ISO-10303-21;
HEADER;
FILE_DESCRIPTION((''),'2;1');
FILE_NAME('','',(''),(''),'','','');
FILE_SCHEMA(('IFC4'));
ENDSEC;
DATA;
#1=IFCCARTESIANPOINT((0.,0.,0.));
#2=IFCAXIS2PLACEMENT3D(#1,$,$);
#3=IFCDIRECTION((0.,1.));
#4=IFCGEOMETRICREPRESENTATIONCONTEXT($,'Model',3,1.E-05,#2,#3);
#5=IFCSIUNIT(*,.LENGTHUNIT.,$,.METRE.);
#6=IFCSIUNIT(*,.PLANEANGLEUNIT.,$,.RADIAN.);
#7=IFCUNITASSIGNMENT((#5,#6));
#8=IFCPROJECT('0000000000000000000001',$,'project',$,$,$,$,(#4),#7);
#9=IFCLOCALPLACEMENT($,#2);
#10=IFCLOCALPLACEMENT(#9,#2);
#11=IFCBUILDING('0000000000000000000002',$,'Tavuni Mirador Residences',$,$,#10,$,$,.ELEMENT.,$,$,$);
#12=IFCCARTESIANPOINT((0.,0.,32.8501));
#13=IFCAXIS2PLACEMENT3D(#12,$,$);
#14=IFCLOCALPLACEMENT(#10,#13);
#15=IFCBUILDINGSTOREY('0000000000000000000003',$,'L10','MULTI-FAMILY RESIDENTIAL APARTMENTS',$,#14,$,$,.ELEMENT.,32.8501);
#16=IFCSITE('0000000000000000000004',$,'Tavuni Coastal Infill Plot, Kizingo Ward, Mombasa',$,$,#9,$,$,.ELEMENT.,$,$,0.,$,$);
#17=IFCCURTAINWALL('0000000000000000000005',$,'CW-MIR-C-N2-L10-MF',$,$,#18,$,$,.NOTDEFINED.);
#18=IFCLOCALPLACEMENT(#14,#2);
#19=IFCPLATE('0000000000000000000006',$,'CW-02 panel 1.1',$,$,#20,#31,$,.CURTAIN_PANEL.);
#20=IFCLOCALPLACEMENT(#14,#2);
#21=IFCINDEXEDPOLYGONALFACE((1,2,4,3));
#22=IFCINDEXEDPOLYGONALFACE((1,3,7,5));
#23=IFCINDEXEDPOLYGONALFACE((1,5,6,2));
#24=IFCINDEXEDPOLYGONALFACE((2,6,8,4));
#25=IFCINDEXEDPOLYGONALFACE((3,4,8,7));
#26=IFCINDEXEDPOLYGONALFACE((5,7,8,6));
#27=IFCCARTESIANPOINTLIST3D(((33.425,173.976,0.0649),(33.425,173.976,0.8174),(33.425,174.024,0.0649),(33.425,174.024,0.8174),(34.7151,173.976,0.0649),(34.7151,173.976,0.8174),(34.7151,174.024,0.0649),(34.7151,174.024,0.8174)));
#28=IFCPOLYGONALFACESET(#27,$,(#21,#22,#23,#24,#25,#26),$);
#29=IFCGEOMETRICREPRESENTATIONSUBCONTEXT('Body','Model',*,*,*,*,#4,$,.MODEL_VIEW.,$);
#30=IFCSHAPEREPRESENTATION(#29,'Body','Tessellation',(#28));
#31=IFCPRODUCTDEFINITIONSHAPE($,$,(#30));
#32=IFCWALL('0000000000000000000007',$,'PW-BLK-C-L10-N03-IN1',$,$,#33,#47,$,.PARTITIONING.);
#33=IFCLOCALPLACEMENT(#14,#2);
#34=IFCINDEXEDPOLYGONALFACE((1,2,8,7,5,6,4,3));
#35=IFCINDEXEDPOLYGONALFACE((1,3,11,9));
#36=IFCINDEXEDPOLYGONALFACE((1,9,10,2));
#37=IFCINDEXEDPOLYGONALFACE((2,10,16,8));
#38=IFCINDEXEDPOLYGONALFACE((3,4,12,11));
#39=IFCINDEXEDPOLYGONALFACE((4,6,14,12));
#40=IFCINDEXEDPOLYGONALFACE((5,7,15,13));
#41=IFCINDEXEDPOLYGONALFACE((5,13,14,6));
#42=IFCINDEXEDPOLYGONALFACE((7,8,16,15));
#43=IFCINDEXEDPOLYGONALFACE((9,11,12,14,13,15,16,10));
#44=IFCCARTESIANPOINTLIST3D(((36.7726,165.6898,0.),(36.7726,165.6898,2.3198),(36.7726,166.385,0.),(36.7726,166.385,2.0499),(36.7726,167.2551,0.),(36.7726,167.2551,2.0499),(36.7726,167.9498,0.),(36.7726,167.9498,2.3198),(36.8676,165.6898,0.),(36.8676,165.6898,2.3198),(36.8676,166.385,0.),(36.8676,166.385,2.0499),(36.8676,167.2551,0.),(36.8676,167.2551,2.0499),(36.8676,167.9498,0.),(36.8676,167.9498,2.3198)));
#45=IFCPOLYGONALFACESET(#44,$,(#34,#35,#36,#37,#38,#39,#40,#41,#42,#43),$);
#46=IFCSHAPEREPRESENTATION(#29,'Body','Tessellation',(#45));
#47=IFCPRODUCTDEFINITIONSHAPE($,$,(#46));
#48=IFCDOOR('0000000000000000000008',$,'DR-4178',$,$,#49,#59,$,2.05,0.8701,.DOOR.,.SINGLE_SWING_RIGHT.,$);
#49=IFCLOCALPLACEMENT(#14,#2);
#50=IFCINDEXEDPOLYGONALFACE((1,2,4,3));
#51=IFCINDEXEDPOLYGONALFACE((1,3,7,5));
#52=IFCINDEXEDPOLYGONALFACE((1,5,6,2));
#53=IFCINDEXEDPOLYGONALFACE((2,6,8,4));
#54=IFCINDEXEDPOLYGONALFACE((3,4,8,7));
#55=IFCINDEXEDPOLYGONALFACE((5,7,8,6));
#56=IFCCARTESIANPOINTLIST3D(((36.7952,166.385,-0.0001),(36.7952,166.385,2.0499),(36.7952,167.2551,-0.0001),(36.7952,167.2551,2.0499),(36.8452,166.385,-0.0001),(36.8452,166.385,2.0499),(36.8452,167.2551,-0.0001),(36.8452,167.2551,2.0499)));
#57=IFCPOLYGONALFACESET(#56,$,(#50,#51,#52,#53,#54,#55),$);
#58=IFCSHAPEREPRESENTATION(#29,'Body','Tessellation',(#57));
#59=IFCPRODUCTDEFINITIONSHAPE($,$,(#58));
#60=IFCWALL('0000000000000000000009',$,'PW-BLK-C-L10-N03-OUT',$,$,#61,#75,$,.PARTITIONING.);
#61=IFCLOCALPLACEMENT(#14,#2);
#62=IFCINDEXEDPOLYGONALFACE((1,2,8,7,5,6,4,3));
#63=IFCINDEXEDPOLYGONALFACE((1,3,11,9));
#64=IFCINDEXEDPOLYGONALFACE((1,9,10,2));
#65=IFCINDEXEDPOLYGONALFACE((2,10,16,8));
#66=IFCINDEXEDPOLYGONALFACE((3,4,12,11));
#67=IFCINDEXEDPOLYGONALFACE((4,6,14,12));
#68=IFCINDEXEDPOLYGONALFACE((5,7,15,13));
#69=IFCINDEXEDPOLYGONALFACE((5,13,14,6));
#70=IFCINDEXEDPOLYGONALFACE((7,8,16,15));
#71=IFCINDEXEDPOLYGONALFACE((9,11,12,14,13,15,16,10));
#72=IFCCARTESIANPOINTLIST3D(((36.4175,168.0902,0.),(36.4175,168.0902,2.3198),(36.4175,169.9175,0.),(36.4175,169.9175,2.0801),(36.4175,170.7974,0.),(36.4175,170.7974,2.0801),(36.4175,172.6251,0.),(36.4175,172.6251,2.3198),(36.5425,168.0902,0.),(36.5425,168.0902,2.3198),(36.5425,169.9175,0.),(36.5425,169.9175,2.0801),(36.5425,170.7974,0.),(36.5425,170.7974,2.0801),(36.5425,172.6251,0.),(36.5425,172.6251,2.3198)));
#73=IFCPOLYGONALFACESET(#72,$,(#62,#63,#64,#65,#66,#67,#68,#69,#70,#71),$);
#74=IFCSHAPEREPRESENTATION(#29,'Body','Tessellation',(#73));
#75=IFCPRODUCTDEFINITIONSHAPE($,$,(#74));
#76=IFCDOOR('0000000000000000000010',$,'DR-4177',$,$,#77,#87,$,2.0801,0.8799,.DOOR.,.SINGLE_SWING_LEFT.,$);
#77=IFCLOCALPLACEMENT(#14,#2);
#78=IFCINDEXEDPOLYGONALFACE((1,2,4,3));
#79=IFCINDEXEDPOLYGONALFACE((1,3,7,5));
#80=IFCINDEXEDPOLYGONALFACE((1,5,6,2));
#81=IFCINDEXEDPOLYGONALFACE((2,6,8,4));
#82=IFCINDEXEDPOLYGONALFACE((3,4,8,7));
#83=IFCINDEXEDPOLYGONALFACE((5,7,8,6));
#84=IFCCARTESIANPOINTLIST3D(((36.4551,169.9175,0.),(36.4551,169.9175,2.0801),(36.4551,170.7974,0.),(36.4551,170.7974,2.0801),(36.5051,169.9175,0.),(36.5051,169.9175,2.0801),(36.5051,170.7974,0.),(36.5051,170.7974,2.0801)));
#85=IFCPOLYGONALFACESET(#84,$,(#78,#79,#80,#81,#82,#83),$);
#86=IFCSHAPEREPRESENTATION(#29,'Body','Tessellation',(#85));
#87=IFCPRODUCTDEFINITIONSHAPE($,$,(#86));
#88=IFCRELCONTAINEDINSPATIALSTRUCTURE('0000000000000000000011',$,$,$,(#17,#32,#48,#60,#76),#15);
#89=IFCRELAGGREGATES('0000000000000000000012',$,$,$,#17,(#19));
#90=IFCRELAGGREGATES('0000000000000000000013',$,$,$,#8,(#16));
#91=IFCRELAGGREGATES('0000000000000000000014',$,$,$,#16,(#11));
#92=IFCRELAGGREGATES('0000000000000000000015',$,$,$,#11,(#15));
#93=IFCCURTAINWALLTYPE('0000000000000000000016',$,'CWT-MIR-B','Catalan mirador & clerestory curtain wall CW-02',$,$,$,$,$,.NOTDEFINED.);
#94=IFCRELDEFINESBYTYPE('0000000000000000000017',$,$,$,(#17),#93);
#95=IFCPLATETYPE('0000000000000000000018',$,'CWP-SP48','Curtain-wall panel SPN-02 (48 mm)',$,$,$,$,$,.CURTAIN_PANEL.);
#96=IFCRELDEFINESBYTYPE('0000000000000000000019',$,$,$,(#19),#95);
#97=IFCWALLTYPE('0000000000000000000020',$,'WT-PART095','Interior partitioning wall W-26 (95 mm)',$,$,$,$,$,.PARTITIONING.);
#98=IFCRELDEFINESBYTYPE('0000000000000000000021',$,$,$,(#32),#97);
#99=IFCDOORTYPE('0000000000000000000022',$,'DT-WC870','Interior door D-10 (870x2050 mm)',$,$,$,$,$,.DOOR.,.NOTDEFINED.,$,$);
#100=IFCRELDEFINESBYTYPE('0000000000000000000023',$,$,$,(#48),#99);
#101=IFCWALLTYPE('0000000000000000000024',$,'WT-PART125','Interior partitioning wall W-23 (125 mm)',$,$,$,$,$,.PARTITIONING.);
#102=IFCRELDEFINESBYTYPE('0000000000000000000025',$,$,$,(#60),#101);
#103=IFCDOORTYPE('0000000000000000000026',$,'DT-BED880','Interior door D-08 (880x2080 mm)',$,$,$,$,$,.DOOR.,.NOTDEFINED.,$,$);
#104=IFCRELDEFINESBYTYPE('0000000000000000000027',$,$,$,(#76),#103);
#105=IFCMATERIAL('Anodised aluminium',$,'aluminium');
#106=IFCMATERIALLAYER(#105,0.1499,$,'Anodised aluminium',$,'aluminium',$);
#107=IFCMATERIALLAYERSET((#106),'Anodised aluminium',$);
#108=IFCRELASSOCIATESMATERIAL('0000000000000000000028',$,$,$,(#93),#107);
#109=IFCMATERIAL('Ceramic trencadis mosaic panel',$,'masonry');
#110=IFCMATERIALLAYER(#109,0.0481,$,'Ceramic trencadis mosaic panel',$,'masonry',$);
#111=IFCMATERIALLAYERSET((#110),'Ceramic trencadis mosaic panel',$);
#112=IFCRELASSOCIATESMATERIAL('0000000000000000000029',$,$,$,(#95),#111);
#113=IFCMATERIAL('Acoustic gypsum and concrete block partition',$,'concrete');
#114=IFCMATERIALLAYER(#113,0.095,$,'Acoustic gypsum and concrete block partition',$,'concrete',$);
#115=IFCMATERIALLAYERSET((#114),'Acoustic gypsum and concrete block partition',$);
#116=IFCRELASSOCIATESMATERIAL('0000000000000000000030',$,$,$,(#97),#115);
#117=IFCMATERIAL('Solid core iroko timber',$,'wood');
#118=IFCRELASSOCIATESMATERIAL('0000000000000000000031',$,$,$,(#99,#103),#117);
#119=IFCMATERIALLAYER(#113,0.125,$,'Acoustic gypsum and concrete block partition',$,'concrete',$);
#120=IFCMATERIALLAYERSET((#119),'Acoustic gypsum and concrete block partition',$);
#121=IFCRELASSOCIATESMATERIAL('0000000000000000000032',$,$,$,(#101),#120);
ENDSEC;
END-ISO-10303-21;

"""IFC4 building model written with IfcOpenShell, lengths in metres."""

from ifc_helpers import new_model, si_unit, direction, frame, frame_2d, origin, origin_2d, place, context, subcontext, project, spatial, rectangle, extrude, material, layer, layer_set, type_object, element, fill, aggregate, save


model = new_model("IFC4")

# Units and contexts
model_context = context("Model", 3, precision=1e-05, world=origin(), true_north=direction((0.0, 1.0)))
body_context = subcontext(model_context, "Body", "Model", "MODEL_VIEW")
ifc_project = project(units=[si_unit("LENGTHUNIT", "METRE"), si_unit("PLANEANGLEUNIT", "RADIAN")], contexts=[model_context])

# Site, building, storey
site_placement = place(None, origin())
site = spatial("IfcSite", under=ifc_project, at=site_placement, Name="Tavuni Coastal Infill Plot, Kizingo Ward, Mombasa", CompositionType="ELEMENT", RefElevation=0.0)
building_placement = place(site_placement, origin())
building = spatial("IfcBuilding", under=site, at=building_placement, Name="Tavuni Mirador Residences", CompositionType="ELEMENT")
storey_placement = place(building_placement, frame((0.0, 0.0, 32.8501)))
storey = spatial("IfcBuildingStorey", under=building, at=storey_placement, Name="L10", Description="MULTI-FAMILY RESIDENTIAL APARTMENTS", CompositionType="ELEMENT", Elevation=32.8501)

# Shared definitions
ifc_material_1 = material(Name="Anodised aluminium", Category="aluminium")

# Curtain wall
ifc_layer_1 = layer(ifc_material_1, 0.1499, Name="Anodised aluminium", Category="aluminium")
ifc_layer_set_1 = layer_set([ifc_layer_1], Name="Anodised aluminium")
curtain_wall_type_1 = type_object("IfcCurtainWallType", Name="CWT-MIR-B", Description="Catalan mirador & clerestory curtain wall CW-02", PredefinedType="NOTDEFINED", material=ifc_layer_set_1)
curtain_wall_1_placement = place(storey_placement, origin())
curtain_wall_1 = element("IfcCurtainWall", 1, at=curtain_wall_1_placement, inside=storey, type_object=curtain_wall_type_1, Name="CW-MIR-C-N2-L10-MF", PredefinedType="NOTDEFINED")

# Plate
ifc_material_2 = material(Name="Ceramic trencadis mosaic panel", Category="masonry")
ifc_layer_2 = layer(ifc_material_2, 0.0481, Name="Ceramic trencadis mosaic panel", Category="masonry")
ifc_layer_set_2 = layer_set([ifc_layer_2], Name="Ceramic trencadis mosaic panel")
plate_type_1 = type_object("IfcPlateType", Name="CWP-SP48", Description="Curtain-wall panel SPN-02 (48 mm)", PredefinedType="CURTAIN_PANEL", material=ifc_layer_set_2)
plate_1_placement = place(storey_placement, frame((34.0701, 174.0, 0.0649), z_axis=(0.0, 0.0, 1.0), x_axis=(-1.0, 0.0, 0.0)))
plate_1 = element("IfcPlate", 2, at=plate_1_placement, type_object=plate_type_1, Name="CW-02 panel 1.1", PredefinedType="CURTAIN_PANEL", context=body_context, shape_type="SweptSolid", body=[
    extrude(rectangle(XDim=1.29, YDim=0.0481, at=origin_2d()), origin(), (0.0, 0.0, 1.0), 0.7524),
])
aggregate(curtain_wall_1, [plate_1])

# Walls, openings, doors
ifc_material_3 = material(Name="Solid core iroko timber", Category="wood")
ifc_material_4 = material(Name="Acoustic gypsum and concrete block partition", Category="concrete")
ifc_layer_3 = layer(ifc_material_4, 0.095, Name="Acoustic gypsum and concrete block partition", Category="concrete")
ifc_layer_set_3 = layer_set([ifc_layer_3], Name="Acoustic gypsum and concrete block partition")
wall_type_1 = type_object("IfcWallType", Name="WT-PART095", Description="Interior partitioning wall W-26 (95 mm)", PredefinedType="PARTITIONING", material=ifc_layer_set_3)
wall_1_placement = place(storey_placement, frame((36.8201, 165.6899, 0.0), z_axis=(0.0, 0.0, 1.0), x_axis=(0.0, 1.0, 0.0)))
wall_1 = element("IfcWall", 3, at=wall_1_placement, inside=storey, type_object=wall_type_1, Name="PW-BLK-C-L10-N03-IN1", PredefinedType="PARTITIONING", context=body_context, shape_type="SweptSolid", body=[
    extrude(rectangle(XDim=2.26, YDim=0.095, at=frame_2d((1.1299, 0.0))), origin(), (0.0, 0.0, 1.0), 2.3198),
])
opening_1_placement = place(wall_1_placement, frame((0.6951, 0.0, 0.0)))
opening_1 = element("IfcOpeningElement", 4, at=opening_1_placement, cuts=wall_1, PredefinedType="OPENING", context=body_context, shape_type="SweptSolid", body=[
    extrude(rectangle(XDim=0.8701, YDim=2.05, at=frame_2d((0.4351, 1.0249))), frame((0.0, 0.0576, 0.0), z_axis=(0.0, -1.0, 0.0), x_axis=(1.0, 0.0, 0.0)), (0.0, 0.0, 1.0), 0.115),
])
door_type_1 = type_object("IfcDoorType", Name="DT-WC870", Description="Interior door D-10 (870x2050 mm)", OperationType="NOTDEFINED", PredefinedType="DOOR", material=ifc_material_3)
door_1_placement = place(opening_1_placement, origin())
door_1 = element("IfcDoor", 5, at=door_1_placement, inside=storey, type_object=door_type_1, Name="DR-4178", OperationType="SINGLE_SWING_RIGHT", OverallHeight=2.05, OverallWidth=0.8701, PredefinedType="DOOR", context=body_context, shape_type="SweptSolid", body=[
    extrude(rectangle(XDim=0.8701, YDim=2.05, at=frame_2d((0.4351, 1.0249))), frame((0.0, 0.0249, 0.0), z_axis=(0.0, -1.0, 0.0), x_axis=(1.0, 0.0, 0.0)), (0.0, 0.0, 1.0), 0.05),
])
fill(opening_1, door_1)
ifc_layer_4 = layer(ifc_material_4, 0.125, Name="Acoustic gypsum and concrete block partition", Category="concrete")
ifc_layer_set_4 = layer_set([ifc_layer_4], Name="Acoustic gypsum and concrete block partition")
wall_type_2 = type_object("IfcWallType", Name="WT-PART125", Description="Interior partitioning wall W-23 (125 mm)", PredefinedType="PARTITIONING", material=ifc_layer_set_4)
wall_2_placement = place(storey_placement, frame((36.48, 168.0901, 0.0), z_axis=(0.0, 0.0, 1.0), x_axis=(0.0, 1.0, 0.0)))
wall_2 = element("IfcWall", 6, at=wall_2_placement, inside=storey, type_object=wall_type_2, Name="PW-BLK-C-L10-N03-OUT", PredefinedType="PARTITIONING", context=body_context, shape_type="SweptSolid", body=[
    extrude(rectangle(XDim=4.5349, YDim=0.125, at=frame_2d((2.2676, 0.0))), origin(), (0.0, 0.0, 1.0), 2.3198),
])
opening_2_placement = place(wall_2_placement, frame((1.8274, 0.0, 0.0)))
opening_2 = element("IfcOpeningElement", 7, at=opening_2_placement, cuts=wall_2, PredefinedType="OPENING", context=body_context, shape_type="SweptSolid", body=[
    extrude(rectangle(XDim=0.8799, YDim=2.0801, at=frame_2d((0.4399, 1.04))), frame((0.0, 0.0725, 0.0), z_axis=(0.0, -1.0, 0.0), x_axis=(1.0, 0.0, 0.0)), (0.0, 0.0, 1.0), 0.145),
])
door_type_2 = type_object("IfcDoorType", Name="DT-BED880", Description="Interior door D-08 (880x2080 mm)", OperationType="NOTDEFINED", PredefinedType="DOOR", material=ifc_material_3)
door_2_placement = place(opening_2_placement, origin())
door_2 = element("IfcDoor", 8, at=door_2_placement, inside=storey, type_object=door_type_2, Name="DR-4177", OperationType="SINGLE_SWING_LEFT", OverallHeight=2.0801, OverallWidth=0.8799, PredefinedType="DOOR", context=body_context, shape_type="SweptSolid", body=[
    extrude(rectangle(XDim=0.8799, YDim=2.0801, at=frame_2d((0.4399, 1.04))), frame((0.0, 0.0249, 0.0), z_axis=(0.0, -1.0, 0.0), x_axis=(1.0, 0.0, 0.0)), (0.0, 0.0, 1.0), 0.05),
])
fill(opening_2, door_2)

save(model, "model.ifc")
